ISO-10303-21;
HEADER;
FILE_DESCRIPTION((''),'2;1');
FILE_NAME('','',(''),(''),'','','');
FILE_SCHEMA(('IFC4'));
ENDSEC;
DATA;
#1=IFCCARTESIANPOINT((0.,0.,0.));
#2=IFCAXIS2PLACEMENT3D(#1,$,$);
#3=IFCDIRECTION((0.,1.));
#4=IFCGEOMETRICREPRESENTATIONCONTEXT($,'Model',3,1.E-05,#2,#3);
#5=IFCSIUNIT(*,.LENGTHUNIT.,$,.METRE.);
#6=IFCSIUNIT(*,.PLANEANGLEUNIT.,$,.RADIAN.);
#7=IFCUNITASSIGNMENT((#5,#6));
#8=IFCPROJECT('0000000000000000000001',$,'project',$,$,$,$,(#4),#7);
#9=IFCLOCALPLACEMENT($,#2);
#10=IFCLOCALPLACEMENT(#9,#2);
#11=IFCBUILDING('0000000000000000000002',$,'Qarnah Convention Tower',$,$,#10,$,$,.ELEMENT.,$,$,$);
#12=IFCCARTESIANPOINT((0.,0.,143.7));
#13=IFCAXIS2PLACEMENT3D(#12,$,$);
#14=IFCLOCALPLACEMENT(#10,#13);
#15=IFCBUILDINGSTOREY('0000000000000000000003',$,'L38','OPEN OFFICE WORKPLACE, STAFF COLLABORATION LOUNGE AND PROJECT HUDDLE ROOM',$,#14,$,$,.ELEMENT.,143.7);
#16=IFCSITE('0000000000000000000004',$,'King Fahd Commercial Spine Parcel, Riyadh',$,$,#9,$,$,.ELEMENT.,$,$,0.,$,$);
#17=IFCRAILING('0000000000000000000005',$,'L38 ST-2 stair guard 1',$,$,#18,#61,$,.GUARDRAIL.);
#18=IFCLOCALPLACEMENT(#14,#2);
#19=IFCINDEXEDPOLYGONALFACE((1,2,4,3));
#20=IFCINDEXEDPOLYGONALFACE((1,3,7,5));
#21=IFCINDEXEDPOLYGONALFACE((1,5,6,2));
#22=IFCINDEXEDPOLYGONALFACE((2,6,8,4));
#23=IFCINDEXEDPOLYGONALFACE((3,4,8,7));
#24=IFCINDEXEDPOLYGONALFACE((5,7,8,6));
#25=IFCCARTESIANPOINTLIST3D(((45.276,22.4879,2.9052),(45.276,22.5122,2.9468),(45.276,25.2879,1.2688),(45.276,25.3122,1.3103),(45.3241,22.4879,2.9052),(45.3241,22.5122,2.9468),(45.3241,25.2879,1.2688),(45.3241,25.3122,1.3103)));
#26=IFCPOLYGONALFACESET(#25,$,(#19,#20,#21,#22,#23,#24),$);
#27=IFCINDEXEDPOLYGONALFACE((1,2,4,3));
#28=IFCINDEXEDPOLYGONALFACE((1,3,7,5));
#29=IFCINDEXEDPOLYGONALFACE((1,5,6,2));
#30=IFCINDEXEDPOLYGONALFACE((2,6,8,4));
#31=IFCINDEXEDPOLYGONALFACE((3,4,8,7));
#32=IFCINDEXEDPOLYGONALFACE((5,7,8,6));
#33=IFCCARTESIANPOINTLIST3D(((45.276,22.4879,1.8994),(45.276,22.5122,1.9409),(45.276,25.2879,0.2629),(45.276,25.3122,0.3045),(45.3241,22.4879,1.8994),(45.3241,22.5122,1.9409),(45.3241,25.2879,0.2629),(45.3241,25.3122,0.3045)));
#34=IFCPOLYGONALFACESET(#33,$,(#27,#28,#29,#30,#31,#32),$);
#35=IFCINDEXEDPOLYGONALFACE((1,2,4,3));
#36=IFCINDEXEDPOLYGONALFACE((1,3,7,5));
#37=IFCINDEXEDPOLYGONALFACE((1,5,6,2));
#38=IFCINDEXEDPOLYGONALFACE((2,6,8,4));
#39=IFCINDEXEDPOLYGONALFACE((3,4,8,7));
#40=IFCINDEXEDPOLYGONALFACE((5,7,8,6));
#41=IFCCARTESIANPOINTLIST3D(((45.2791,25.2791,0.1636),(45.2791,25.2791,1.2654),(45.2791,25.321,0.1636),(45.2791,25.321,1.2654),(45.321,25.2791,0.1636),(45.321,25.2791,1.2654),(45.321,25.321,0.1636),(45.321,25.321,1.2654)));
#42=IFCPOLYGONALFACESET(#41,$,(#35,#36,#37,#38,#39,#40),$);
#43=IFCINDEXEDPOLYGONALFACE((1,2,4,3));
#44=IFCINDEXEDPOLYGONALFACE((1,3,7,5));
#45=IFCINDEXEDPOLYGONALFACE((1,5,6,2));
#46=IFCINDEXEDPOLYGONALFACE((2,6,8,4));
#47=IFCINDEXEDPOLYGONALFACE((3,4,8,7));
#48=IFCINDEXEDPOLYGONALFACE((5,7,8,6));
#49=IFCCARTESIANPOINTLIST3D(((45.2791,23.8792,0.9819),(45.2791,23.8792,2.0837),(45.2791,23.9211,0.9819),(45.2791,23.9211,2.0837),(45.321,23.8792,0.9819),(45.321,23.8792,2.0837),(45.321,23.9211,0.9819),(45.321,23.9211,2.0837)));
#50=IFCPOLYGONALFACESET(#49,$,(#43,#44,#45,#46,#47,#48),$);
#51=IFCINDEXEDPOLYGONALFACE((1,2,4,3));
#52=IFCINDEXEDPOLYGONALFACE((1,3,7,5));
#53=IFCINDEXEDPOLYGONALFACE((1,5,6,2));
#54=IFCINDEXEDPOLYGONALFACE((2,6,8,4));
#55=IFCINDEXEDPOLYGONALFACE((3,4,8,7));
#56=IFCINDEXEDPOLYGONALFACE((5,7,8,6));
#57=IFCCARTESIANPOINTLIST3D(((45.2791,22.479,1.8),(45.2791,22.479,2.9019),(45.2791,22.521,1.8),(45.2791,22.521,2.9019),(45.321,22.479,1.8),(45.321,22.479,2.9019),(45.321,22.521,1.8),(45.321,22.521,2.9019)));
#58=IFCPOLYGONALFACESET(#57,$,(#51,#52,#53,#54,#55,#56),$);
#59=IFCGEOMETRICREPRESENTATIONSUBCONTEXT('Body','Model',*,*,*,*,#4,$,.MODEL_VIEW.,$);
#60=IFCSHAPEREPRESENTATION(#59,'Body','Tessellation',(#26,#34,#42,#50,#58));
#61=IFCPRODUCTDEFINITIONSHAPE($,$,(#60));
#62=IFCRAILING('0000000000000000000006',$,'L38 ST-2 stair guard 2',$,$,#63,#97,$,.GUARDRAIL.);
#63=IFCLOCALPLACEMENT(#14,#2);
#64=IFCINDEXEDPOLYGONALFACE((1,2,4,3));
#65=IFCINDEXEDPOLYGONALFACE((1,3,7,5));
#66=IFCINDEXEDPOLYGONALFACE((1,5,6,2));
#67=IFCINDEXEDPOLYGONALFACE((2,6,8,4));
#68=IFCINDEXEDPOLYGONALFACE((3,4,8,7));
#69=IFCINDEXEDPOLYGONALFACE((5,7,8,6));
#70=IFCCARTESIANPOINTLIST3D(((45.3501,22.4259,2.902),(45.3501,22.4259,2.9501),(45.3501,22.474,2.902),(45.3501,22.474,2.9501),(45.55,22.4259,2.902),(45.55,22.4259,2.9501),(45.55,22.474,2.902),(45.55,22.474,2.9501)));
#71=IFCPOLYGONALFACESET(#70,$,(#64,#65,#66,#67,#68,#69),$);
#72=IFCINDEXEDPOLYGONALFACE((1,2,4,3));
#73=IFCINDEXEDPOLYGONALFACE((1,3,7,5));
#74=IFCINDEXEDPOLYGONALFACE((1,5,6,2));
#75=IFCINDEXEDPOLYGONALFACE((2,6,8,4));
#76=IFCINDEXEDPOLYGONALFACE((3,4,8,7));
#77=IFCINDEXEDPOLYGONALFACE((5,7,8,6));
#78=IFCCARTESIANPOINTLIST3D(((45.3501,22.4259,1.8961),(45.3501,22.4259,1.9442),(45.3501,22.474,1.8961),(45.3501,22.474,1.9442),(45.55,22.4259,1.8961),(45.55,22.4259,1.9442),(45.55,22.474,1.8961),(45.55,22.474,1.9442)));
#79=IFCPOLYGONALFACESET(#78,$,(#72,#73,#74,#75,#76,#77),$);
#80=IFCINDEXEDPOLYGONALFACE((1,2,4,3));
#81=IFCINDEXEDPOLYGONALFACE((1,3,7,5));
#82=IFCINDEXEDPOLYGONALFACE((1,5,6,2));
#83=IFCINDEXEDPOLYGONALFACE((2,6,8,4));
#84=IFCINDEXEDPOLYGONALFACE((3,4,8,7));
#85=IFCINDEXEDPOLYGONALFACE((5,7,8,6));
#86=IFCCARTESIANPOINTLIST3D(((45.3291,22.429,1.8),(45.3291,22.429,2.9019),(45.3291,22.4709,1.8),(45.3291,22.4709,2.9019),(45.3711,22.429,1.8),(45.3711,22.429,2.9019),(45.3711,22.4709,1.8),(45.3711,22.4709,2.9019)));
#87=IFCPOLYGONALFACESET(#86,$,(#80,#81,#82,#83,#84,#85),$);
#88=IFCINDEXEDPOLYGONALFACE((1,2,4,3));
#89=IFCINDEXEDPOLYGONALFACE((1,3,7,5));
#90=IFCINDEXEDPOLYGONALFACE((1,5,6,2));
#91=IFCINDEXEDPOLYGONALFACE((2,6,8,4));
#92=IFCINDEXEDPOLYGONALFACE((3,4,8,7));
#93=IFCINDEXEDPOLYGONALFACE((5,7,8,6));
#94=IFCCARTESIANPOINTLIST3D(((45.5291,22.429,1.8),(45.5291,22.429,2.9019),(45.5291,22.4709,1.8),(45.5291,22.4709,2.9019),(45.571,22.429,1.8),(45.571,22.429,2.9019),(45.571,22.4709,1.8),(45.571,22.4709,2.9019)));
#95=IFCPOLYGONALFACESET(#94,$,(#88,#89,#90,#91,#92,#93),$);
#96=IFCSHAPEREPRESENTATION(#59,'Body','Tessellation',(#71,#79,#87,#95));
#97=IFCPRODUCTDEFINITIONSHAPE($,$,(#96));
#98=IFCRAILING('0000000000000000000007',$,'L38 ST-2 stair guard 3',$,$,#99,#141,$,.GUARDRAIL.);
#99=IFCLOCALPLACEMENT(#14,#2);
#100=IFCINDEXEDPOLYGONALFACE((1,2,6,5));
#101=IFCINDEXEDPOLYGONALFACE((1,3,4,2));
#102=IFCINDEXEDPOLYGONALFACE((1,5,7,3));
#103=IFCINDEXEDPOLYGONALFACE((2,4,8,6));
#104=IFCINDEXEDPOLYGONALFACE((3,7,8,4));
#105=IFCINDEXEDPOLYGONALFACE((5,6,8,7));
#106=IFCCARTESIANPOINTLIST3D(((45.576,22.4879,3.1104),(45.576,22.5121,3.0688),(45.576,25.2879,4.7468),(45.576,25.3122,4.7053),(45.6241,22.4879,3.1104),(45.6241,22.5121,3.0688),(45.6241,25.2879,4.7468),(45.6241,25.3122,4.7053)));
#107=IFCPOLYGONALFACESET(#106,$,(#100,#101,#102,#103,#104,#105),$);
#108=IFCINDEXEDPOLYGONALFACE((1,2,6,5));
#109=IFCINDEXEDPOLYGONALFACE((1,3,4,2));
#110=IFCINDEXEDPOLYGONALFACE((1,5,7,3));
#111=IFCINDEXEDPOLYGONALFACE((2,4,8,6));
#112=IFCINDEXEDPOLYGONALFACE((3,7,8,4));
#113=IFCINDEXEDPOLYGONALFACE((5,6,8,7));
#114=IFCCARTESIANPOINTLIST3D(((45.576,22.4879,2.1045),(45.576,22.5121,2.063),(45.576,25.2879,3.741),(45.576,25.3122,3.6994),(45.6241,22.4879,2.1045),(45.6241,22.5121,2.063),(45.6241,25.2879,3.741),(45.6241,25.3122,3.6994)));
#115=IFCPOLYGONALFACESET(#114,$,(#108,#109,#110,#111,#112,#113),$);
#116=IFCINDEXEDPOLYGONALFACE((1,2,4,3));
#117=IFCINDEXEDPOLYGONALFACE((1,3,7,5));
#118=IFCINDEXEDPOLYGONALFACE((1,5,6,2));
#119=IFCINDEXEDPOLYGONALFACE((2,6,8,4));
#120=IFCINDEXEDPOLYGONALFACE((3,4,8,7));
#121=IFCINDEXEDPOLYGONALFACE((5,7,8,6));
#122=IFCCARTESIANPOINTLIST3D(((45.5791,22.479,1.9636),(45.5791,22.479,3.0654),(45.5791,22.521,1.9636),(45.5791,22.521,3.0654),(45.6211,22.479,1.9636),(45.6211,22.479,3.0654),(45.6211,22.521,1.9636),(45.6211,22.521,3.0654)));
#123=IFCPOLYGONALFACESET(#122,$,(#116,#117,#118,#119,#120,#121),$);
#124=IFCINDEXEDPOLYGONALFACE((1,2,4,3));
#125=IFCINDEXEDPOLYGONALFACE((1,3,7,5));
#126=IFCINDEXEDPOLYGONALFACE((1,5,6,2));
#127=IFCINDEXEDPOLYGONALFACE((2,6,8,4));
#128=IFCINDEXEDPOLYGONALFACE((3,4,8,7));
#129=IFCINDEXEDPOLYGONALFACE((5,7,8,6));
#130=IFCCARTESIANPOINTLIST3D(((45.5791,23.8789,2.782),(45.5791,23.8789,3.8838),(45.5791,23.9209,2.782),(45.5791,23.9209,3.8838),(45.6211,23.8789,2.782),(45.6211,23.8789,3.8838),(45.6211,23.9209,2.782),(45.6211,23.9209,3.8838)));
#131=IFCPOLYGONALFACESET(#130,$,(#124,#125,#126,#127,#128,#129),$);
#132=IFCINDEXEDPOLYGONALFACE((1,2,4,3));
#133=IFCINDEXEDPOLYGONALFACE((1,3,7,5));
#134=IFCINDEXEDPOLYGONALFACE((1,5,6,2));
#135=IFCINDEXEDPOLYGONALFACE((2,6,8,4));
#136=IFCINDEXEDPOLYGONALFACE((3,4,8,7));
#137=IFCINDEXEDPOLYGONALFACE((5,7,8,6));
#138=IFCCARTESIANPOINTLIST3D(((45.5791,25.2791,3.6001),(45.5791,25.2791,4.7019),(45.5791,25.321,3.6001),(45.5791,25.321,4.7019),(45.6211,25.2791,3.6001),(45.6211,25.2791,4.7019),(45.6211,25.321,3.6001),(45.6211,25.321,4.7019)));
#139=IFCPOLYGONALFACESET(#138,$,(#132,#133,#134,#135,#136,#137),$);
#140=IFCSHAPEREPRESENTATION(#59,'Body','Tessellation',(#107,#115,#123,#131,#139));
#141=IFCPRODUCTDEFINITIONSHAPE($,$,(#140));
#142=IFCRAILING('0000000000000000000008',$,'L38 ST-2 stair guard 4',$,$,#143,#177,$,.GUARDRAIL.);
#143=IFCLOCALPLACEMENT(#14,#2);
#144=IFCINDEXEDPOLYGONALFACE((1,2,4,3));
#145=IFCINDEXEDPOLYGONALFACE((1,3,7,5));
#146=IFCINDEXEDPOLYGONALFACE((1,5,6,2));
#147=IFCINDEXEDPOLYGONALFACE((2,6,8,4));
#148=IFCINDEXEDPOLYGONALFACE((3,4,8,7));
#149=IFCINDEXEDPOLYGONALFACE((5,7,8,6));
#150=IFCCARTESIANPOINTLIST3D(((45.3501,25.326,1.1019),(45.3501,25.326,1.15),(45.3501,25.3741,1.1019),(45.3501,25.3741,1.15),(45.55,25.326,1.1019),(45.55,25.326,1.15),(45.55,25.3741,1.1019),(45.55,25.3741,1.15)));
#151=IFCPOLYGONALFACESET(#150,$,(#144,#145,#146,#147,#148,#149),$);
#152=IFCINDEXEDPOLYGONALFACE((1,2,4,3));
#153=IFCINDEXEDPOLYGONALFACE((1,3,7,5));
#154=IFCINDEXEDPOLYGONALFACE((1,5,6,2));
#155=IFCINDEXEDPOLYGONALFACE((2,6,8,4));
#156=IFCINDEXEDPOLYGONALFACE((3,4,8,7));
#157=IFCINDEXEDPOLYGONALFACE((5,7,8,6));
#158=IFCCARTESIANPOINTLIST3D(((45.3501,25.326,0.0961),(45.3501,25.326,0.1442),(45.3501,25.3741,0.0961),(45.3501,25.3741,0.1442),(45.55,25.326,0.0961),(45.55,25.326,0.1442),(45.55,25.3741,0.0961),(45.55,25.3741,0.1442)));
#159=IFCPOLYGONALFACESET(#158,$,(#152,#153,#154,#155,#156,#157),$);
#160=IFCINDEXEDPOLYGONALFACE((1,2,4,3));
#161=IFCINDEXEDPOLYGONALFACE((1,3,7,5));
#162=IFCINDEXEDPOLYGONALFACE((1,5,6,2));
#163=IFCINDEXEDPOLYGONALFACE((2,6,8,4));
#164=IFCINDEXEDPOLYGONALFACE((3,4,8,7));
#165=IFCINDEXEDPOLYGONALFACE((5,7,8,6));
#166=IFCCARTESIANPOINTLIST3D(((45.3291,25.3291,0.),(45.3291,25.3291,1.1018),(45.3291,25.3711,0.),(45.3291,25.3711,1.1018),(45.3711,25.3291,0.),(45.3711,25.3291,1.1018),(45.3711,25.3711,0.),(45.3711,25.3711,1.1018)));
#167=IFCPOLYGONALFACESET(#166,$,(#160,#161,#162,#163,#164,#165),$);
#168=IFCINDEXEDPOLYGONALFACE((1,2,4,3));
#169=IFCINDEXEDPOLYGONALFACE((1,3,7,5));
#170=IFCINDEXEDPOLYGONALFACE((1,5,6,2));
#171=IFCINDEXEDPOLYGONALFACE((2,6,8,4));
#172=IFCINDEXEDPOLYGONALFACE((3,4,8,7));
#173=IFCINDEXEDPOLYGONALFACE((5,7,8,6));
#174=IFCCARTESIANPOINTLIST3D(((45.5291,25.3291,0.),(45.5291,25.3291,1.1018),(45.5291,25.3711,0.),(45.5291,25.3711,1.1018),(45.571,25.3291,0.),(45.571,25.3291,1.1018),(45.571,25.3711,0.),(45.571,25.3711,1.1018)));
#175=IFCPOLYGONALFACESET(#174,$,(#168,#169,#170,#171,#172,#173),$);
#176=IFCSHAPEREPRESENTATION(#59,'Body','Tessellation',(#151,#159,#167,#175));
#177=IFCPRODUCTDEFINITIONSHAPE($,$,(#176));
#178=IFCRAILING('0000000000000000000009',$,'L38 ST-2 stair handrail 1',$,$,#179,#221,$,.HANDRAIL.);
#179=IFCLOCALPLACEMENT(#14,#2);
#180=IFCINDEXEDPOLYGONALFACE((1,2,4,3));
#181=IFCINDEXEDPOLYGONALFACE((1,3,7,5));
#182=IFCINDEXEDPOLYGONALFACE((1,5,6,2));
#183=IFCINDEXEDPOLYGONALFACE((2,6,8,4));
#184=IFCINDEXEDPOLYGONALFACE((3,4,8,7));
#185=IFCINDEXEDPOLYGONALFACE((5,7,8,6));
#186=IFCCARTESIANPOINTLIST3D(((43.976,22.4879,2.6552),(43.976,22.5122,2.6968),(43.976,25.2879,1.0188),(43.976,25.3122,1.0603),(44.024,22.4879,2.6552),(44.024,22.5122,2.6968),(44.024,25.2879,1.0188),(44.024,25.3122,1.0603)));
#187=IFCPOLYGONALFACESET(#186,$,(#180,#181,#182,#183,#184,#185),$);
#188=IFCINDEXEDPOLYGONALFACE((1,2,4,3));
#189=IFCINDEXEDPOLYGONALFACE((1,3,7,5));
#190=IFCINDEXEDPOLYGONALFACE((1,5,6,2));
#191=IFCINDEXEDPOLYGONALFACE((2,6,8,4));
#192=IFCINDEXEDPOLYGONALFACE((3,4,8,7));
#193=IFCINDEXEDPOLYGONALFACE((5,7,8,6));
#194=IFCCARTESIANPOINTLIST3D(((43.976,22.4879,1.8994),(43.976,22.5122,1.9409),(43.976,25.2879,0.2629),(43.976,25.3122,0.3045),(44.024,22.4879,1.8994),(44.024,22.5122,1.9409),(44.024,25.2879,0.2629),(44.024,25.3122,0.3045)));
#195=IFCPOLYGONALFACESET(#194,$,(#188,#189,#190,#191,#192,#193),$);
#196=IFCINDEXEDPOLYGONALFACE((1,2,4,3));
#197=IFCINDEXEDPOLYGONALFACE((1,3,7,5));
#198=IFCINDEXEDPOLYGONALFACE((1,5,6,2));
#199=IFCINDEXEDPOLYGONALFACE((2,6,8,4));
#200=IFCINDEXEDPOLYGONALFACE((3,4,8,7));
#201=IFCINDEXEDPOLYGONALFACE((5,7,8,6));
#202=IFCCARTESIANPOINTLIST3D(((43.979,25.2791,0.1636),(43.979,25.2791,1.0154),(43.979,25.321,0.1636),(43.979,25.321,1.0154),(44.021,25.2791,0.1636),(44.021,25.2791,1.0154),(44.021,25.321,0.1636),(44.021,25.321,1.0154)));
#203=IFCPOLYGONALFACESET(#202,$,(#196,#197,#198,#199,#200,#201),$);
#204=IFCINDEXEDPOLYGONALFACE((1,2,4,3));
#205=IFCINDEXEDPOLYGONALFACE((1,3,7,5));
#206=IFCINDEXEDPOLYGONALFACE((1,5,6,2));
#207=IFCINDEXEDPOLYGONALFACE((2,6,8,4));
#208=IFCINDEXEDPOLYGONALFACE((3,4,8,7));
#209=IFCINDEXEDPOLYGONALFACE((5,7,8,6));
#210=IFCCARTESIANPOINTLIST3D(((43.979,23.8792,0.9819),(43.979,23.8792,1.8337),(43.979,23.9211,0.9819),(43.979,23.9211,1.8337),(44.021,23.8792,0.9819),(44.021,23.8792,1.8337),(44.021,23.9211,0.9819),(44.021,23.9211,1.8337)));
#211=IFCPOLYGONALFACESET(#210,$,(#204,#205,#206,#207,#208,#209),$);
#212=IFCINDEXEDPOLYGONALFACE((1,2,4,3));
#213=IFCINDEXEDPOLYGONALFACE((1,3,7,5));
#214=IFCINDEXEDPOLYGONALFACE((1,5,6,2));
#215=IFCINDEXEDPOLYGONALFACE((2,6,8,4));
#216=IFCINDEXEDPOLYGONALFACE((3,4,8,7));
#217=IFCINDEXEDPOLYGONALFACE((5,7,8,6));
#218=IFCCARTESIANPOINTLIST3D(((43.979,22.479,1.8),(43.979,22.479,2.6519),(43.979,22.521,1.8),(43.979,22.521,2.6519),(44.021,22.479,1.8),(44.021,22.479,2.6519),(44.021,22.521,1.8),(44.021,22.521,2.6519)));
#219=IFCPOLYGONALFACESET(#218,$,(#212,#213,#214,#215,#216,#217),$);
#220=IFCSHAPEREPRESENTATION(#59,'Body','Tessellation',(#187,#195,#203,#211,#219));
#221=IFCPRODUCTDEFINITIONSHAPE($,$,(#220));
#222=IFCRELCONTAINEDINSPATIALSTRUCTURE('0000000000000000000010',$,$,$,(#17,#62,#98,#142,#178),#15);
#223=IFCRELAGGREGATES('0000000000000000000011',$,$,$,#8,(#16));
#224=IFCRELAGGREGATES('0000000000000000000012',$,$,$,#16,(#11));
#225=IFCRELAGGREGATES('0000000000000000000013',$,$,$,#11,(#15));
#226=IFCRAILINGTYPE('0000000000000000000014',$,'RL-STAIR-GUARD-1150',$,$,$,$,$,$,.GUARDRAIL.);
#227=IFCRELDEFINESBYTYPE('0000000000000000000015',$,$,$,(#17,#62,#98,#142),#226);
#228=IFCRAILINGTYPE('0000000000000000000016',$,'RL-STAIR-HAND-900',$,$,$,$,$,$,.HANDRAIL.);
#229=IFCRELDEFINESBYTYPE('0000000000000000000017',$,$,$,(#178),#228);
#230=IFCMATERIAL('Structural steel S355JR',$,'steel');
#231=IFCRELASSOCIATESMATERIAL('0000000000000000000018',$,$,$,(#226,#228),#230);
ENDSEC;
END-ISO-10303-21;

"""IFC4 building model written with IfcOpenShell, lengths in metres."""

from ifc_helpers import new_model, si_unit, direction, frame, origin, origin_2d, place, context, subcontext, project, spatial, rectangle, extrude, material, type_object, element, save


model = new_model("IFC4")

# Units and contexts
model_context = context("Model", 3, precision=1e-05, world=origin(), true_north=direction((0.0, 1.0)))
body_context = subcontext(model_context, "Body", "Model", "MODEL_VIEW")
ifc_project = project(units=[si_unit("LENGTHUNIT", "METRE"), si_unit("PLANEANGLEUNIT", "RADIAN")], contexts=[model_context])

# Site, building, storey
site_placement = place(None, origin())
site = spatial("IfcSite", under=ifc_project, at=site_placement, Name="King Fahd Commercial Spine Parcel, Riyadh", CompositionType="ELEMENT", RefElevation=0.0)
building_placement = place(site_placement, origin())
building = spatial("IfcBuilding", under=site, at=building_placement, Name="Qarnah Convention Tower", CompositionType="ELEMENT")
storey_placement = place(building_placement, frame((0.0, 0.0, 143.7)))
storey = spatial("IfcBuildingStorey", under=building, at=storey_placement, Name="L38", Description="OPEN OFFICE WORKPLACE, STAFF COLLABORATION LOUNGE AND PROJECT HUDDLE ROOM", CompositionType="ELEMENT", Elevation=143.7)

# Shared definitions
ifc_material_1 = material(Name="Structural steel S355JR", Category="steel")

# Railings
railing_type_1 = type_object("IfcRailingType", Name="RL-STAIR-GUARD-1150", PredefinedType="GUARDRAIL", material=ifc_material_1)
railing_1_placement = place(storey_placement, frame((45.3, 25.3, 0.1636)))
element("IfcRailing", 1, at=railing_1_placement, inside=storey, type_object=railing_type_1, Name="L38 ST-2 stair guard 1", PredefinedType="GUARDRAIL", context=body_context, shape_type="SweptSolid", body=[
    extrude(rectangle(XDim=0.0481, YDim=0.0481, at=origin_2d()), frame((0.0, 0.0, 1.126), z_axis=(0.0, -0.863361, 0.504587), x_axis=(1.0, 0.0, 0.0)), (0.0, 0.0, 1.0), 3.2432),
    extrude(rectangle(XDim=0.0481, YDim=0.0481, at=origin_2d()), frame((0.0, 0.0, 0.1201), z_axis=(0.0, -0.863361, 0.504587), x_axis=(1.0, 0.0, 0.0)), (0.0, 0.0, 1.0), 3.2432),
    extrude(rectangle(XDim=0.042, YDim=0.042, at=origin_2d()), origin(), (0.0, 0.0, 1.0), 1.1018),
    extrude(rectangle(XDim=0.042, YDim=0.042, at=origin_2d()), frame((0.0, -1.3999, 0.8184)), (0.0, 0.0, 1.0), 1.1018),
    extrude(rectangle(XDim=0.042, YDim=0.042, at=origin_2d()), frame((0.0, -2.8, 1.6365)), (0.0, 0.0, 1.0), 1.1018),
])
railing_2_placement = place(storey_placement, frame((45.3501, 22.45, 1.8)))
element("IfcRailing", 2, at=railing_2_placement, inside=storey, type_object=railing_type_1, Name="L38 ST-2 stair guard 2", PredefinedType="GUARDRAIL", context=body_context, shape_type="SweptSolid", body=[
    extrude(rectangle(XDim=0.0481, YDim=0.0481, at=origin_2d()), frame((0.0, 0.0, 1.126), z_axis=(1.0, 0.0, 0.0), x_axis=(0.0, 1.0, 0.0)), (0.0, 0.0, 1.0), 0.2),
    extrude(rectangle(XDim=0.0481, YDim=0.0481, at=origin_2d()), frame((0.0, 0.0, 0.1201), z_axis=(1.0, 0.0, 0.0), x_axis=(0.0, 1.0, 0.0)), (0.0, 0.0, 1.0), 0.2),
    extrude(rectangle(XDim=0.042, YDim=0.042, at=origin_2d()), origin(), (0.0, 0.0, 1.0), 1.1018),
    extrude(rectangle(XDim=0.042, YDim=0.042, at=origin_2d()), frame((0.2, 0.0, 0.0)), (0.0, 0.0, 1.0), 1.1018),
])
railing_3_placement = place(storey_placement, frame((45.6001, 22.5, 1.9636)))
element("IfcRailing", 3, at=railing_3_placement, inside=storey, type_object=railing_type_1, Name="L38 ST-2 stair guard 3", PredefinedType="GUARDRAIL", context=body_context, shape_type="SweptSolid", body=[
    extrude(rectangle(XDim=0.0481, YDim=0.0481, at=origin_2d()), frame((0.0, 0.0, 1.126), z_axis=(0.0, 0.863361, 0.504587), x_axis=(-1.0, 0.0, 0.0)), (0.0, 0.0, 1.0), 3.2432),
    extrude(rectangle(XDim=0.0481, YDim=0.0481, at=origin_2d()), frame((0.0, 0.0, 0.1201), z_axis=(0.0, 0.863361, 0.504587), x_axis=(-1.0, 0.0, 0.0)), (0.0, 0.0, 1.0), 3.2432),
    extrude(rectangle(XDim=0.042, YDim=0.042, at=origin_2d()), origin(), (0.0, 0.0, 1.0), 1.1018),
    extrude(rectangle(XDim=0.042, YDim=0.042, at=origin_2d()), frame((0.0, 1.3999, 0.8184)), (0.0, 0.0, 1.0), 1.1018),
    extrude(rectangle(XDim=0.042, YDim=0.042, at=origin_2d()), frame((0.0, 2.8, 1.6365)), (0.0, 0.0, 1.0), 1.1018),
])
railing_4_placement = place(storey_placement, frame((45.3501, 25.3501, 0.0)))
element("IfcRailing", 4, at=railing_4_placement, inside=storey, type_object=railing_type_1, Name="L38 ST-2 stair guard 4", PredefinedType="GUARDRAIL", context=body_context, shape_type="SweptSolid", body=[
    extrude(rectangle(XDim=0.0481, YDim=0.0481, at=origin_2d()), frame((0.0, 0.0, 1.126), z_axis=(1.0, 0.0, 0.0), x_axis=(0.0, 1.0, 0.0)), (0.0, 0.0, 1.0), 0.2),
    extrude(rectangle(XDim=0.0481, YDim=0.0481, at=origin_2d()), frame((0.0, 0.0, 0.1201), z_axis=(1.0, 0.0, 0.0), x_axis=(0.0, 1.0, 0.0)), (0.0, 0.0, 1.0), 0.2),
    extrude(rectangle(XDim=0.042, YDim=0.042, at=origin_2d()), origin(), (0.0, 0.0, 1.0), 1.1018),
    extrude(rectangle(XDim=0.042, YDim=0.042, at=origin_2d()), frame((0.2, 0.0, 0.0)), (0.0, 0.0, 1.0), 1.1018),
])
railing_type_2 = type_object("IfcRailingType", Name="RL-STAIR-HAND-900", PredefinedType="HANDRAIL", material=ifc_material_1)
railing_5_placement = place(storey_placement, frame((44.0, 25.3, 0.1636)))
element("IfcRailing", 5, at=railing_5_placement, inside=storey, type_object=railing_type_2, Name="L38 ST-2 stair handrail 1", PredefinedType="HANDRAIL", context=body_context, shape_type="SweptSolid", body=[
    extrude(rectangle(XDim=0.0481, YDim=0.0481, at=origin_2d()), frame((0.0, 0.0, 0.876), z_axis=(0.0, -0.863361, 0.504587), x_axis=(1.0, 0.0, 0.0)), (0.0, 0.0, 1.0), 3.2432),
    extrude(rectangle(XDim=0.0481, YDim=0.0481, at=origin_2d()), frame((0.0, 0.0, 0.1201), z_axis=(0.0, -0.863361, 0.504587), x_axis=(1.0, 0.0, 0.0)), (0.0, 0.0, 1.0), 3.2432),
    extrude(rectangle(XDim=0.042, YDim=0.042, at=origin_2d()), origin(), (0.0, 0.0, 1.0), 0.8518),
    extrude(rectangle(XDim=0.042, YDim=0.042, at=origin_2d()), frame((0.0, -1.3999, 0.8184)), (0.0, 0.0, 1.0), 0.8518),
    extrude(rectangle(XDim=0.042, YDim=0.042, at=origin_2d()), frame((0.0, -2.8, 1.6365)), (0.0, 0.0, 1.0), 0.8518),
])

save(model, "model.ifc")
